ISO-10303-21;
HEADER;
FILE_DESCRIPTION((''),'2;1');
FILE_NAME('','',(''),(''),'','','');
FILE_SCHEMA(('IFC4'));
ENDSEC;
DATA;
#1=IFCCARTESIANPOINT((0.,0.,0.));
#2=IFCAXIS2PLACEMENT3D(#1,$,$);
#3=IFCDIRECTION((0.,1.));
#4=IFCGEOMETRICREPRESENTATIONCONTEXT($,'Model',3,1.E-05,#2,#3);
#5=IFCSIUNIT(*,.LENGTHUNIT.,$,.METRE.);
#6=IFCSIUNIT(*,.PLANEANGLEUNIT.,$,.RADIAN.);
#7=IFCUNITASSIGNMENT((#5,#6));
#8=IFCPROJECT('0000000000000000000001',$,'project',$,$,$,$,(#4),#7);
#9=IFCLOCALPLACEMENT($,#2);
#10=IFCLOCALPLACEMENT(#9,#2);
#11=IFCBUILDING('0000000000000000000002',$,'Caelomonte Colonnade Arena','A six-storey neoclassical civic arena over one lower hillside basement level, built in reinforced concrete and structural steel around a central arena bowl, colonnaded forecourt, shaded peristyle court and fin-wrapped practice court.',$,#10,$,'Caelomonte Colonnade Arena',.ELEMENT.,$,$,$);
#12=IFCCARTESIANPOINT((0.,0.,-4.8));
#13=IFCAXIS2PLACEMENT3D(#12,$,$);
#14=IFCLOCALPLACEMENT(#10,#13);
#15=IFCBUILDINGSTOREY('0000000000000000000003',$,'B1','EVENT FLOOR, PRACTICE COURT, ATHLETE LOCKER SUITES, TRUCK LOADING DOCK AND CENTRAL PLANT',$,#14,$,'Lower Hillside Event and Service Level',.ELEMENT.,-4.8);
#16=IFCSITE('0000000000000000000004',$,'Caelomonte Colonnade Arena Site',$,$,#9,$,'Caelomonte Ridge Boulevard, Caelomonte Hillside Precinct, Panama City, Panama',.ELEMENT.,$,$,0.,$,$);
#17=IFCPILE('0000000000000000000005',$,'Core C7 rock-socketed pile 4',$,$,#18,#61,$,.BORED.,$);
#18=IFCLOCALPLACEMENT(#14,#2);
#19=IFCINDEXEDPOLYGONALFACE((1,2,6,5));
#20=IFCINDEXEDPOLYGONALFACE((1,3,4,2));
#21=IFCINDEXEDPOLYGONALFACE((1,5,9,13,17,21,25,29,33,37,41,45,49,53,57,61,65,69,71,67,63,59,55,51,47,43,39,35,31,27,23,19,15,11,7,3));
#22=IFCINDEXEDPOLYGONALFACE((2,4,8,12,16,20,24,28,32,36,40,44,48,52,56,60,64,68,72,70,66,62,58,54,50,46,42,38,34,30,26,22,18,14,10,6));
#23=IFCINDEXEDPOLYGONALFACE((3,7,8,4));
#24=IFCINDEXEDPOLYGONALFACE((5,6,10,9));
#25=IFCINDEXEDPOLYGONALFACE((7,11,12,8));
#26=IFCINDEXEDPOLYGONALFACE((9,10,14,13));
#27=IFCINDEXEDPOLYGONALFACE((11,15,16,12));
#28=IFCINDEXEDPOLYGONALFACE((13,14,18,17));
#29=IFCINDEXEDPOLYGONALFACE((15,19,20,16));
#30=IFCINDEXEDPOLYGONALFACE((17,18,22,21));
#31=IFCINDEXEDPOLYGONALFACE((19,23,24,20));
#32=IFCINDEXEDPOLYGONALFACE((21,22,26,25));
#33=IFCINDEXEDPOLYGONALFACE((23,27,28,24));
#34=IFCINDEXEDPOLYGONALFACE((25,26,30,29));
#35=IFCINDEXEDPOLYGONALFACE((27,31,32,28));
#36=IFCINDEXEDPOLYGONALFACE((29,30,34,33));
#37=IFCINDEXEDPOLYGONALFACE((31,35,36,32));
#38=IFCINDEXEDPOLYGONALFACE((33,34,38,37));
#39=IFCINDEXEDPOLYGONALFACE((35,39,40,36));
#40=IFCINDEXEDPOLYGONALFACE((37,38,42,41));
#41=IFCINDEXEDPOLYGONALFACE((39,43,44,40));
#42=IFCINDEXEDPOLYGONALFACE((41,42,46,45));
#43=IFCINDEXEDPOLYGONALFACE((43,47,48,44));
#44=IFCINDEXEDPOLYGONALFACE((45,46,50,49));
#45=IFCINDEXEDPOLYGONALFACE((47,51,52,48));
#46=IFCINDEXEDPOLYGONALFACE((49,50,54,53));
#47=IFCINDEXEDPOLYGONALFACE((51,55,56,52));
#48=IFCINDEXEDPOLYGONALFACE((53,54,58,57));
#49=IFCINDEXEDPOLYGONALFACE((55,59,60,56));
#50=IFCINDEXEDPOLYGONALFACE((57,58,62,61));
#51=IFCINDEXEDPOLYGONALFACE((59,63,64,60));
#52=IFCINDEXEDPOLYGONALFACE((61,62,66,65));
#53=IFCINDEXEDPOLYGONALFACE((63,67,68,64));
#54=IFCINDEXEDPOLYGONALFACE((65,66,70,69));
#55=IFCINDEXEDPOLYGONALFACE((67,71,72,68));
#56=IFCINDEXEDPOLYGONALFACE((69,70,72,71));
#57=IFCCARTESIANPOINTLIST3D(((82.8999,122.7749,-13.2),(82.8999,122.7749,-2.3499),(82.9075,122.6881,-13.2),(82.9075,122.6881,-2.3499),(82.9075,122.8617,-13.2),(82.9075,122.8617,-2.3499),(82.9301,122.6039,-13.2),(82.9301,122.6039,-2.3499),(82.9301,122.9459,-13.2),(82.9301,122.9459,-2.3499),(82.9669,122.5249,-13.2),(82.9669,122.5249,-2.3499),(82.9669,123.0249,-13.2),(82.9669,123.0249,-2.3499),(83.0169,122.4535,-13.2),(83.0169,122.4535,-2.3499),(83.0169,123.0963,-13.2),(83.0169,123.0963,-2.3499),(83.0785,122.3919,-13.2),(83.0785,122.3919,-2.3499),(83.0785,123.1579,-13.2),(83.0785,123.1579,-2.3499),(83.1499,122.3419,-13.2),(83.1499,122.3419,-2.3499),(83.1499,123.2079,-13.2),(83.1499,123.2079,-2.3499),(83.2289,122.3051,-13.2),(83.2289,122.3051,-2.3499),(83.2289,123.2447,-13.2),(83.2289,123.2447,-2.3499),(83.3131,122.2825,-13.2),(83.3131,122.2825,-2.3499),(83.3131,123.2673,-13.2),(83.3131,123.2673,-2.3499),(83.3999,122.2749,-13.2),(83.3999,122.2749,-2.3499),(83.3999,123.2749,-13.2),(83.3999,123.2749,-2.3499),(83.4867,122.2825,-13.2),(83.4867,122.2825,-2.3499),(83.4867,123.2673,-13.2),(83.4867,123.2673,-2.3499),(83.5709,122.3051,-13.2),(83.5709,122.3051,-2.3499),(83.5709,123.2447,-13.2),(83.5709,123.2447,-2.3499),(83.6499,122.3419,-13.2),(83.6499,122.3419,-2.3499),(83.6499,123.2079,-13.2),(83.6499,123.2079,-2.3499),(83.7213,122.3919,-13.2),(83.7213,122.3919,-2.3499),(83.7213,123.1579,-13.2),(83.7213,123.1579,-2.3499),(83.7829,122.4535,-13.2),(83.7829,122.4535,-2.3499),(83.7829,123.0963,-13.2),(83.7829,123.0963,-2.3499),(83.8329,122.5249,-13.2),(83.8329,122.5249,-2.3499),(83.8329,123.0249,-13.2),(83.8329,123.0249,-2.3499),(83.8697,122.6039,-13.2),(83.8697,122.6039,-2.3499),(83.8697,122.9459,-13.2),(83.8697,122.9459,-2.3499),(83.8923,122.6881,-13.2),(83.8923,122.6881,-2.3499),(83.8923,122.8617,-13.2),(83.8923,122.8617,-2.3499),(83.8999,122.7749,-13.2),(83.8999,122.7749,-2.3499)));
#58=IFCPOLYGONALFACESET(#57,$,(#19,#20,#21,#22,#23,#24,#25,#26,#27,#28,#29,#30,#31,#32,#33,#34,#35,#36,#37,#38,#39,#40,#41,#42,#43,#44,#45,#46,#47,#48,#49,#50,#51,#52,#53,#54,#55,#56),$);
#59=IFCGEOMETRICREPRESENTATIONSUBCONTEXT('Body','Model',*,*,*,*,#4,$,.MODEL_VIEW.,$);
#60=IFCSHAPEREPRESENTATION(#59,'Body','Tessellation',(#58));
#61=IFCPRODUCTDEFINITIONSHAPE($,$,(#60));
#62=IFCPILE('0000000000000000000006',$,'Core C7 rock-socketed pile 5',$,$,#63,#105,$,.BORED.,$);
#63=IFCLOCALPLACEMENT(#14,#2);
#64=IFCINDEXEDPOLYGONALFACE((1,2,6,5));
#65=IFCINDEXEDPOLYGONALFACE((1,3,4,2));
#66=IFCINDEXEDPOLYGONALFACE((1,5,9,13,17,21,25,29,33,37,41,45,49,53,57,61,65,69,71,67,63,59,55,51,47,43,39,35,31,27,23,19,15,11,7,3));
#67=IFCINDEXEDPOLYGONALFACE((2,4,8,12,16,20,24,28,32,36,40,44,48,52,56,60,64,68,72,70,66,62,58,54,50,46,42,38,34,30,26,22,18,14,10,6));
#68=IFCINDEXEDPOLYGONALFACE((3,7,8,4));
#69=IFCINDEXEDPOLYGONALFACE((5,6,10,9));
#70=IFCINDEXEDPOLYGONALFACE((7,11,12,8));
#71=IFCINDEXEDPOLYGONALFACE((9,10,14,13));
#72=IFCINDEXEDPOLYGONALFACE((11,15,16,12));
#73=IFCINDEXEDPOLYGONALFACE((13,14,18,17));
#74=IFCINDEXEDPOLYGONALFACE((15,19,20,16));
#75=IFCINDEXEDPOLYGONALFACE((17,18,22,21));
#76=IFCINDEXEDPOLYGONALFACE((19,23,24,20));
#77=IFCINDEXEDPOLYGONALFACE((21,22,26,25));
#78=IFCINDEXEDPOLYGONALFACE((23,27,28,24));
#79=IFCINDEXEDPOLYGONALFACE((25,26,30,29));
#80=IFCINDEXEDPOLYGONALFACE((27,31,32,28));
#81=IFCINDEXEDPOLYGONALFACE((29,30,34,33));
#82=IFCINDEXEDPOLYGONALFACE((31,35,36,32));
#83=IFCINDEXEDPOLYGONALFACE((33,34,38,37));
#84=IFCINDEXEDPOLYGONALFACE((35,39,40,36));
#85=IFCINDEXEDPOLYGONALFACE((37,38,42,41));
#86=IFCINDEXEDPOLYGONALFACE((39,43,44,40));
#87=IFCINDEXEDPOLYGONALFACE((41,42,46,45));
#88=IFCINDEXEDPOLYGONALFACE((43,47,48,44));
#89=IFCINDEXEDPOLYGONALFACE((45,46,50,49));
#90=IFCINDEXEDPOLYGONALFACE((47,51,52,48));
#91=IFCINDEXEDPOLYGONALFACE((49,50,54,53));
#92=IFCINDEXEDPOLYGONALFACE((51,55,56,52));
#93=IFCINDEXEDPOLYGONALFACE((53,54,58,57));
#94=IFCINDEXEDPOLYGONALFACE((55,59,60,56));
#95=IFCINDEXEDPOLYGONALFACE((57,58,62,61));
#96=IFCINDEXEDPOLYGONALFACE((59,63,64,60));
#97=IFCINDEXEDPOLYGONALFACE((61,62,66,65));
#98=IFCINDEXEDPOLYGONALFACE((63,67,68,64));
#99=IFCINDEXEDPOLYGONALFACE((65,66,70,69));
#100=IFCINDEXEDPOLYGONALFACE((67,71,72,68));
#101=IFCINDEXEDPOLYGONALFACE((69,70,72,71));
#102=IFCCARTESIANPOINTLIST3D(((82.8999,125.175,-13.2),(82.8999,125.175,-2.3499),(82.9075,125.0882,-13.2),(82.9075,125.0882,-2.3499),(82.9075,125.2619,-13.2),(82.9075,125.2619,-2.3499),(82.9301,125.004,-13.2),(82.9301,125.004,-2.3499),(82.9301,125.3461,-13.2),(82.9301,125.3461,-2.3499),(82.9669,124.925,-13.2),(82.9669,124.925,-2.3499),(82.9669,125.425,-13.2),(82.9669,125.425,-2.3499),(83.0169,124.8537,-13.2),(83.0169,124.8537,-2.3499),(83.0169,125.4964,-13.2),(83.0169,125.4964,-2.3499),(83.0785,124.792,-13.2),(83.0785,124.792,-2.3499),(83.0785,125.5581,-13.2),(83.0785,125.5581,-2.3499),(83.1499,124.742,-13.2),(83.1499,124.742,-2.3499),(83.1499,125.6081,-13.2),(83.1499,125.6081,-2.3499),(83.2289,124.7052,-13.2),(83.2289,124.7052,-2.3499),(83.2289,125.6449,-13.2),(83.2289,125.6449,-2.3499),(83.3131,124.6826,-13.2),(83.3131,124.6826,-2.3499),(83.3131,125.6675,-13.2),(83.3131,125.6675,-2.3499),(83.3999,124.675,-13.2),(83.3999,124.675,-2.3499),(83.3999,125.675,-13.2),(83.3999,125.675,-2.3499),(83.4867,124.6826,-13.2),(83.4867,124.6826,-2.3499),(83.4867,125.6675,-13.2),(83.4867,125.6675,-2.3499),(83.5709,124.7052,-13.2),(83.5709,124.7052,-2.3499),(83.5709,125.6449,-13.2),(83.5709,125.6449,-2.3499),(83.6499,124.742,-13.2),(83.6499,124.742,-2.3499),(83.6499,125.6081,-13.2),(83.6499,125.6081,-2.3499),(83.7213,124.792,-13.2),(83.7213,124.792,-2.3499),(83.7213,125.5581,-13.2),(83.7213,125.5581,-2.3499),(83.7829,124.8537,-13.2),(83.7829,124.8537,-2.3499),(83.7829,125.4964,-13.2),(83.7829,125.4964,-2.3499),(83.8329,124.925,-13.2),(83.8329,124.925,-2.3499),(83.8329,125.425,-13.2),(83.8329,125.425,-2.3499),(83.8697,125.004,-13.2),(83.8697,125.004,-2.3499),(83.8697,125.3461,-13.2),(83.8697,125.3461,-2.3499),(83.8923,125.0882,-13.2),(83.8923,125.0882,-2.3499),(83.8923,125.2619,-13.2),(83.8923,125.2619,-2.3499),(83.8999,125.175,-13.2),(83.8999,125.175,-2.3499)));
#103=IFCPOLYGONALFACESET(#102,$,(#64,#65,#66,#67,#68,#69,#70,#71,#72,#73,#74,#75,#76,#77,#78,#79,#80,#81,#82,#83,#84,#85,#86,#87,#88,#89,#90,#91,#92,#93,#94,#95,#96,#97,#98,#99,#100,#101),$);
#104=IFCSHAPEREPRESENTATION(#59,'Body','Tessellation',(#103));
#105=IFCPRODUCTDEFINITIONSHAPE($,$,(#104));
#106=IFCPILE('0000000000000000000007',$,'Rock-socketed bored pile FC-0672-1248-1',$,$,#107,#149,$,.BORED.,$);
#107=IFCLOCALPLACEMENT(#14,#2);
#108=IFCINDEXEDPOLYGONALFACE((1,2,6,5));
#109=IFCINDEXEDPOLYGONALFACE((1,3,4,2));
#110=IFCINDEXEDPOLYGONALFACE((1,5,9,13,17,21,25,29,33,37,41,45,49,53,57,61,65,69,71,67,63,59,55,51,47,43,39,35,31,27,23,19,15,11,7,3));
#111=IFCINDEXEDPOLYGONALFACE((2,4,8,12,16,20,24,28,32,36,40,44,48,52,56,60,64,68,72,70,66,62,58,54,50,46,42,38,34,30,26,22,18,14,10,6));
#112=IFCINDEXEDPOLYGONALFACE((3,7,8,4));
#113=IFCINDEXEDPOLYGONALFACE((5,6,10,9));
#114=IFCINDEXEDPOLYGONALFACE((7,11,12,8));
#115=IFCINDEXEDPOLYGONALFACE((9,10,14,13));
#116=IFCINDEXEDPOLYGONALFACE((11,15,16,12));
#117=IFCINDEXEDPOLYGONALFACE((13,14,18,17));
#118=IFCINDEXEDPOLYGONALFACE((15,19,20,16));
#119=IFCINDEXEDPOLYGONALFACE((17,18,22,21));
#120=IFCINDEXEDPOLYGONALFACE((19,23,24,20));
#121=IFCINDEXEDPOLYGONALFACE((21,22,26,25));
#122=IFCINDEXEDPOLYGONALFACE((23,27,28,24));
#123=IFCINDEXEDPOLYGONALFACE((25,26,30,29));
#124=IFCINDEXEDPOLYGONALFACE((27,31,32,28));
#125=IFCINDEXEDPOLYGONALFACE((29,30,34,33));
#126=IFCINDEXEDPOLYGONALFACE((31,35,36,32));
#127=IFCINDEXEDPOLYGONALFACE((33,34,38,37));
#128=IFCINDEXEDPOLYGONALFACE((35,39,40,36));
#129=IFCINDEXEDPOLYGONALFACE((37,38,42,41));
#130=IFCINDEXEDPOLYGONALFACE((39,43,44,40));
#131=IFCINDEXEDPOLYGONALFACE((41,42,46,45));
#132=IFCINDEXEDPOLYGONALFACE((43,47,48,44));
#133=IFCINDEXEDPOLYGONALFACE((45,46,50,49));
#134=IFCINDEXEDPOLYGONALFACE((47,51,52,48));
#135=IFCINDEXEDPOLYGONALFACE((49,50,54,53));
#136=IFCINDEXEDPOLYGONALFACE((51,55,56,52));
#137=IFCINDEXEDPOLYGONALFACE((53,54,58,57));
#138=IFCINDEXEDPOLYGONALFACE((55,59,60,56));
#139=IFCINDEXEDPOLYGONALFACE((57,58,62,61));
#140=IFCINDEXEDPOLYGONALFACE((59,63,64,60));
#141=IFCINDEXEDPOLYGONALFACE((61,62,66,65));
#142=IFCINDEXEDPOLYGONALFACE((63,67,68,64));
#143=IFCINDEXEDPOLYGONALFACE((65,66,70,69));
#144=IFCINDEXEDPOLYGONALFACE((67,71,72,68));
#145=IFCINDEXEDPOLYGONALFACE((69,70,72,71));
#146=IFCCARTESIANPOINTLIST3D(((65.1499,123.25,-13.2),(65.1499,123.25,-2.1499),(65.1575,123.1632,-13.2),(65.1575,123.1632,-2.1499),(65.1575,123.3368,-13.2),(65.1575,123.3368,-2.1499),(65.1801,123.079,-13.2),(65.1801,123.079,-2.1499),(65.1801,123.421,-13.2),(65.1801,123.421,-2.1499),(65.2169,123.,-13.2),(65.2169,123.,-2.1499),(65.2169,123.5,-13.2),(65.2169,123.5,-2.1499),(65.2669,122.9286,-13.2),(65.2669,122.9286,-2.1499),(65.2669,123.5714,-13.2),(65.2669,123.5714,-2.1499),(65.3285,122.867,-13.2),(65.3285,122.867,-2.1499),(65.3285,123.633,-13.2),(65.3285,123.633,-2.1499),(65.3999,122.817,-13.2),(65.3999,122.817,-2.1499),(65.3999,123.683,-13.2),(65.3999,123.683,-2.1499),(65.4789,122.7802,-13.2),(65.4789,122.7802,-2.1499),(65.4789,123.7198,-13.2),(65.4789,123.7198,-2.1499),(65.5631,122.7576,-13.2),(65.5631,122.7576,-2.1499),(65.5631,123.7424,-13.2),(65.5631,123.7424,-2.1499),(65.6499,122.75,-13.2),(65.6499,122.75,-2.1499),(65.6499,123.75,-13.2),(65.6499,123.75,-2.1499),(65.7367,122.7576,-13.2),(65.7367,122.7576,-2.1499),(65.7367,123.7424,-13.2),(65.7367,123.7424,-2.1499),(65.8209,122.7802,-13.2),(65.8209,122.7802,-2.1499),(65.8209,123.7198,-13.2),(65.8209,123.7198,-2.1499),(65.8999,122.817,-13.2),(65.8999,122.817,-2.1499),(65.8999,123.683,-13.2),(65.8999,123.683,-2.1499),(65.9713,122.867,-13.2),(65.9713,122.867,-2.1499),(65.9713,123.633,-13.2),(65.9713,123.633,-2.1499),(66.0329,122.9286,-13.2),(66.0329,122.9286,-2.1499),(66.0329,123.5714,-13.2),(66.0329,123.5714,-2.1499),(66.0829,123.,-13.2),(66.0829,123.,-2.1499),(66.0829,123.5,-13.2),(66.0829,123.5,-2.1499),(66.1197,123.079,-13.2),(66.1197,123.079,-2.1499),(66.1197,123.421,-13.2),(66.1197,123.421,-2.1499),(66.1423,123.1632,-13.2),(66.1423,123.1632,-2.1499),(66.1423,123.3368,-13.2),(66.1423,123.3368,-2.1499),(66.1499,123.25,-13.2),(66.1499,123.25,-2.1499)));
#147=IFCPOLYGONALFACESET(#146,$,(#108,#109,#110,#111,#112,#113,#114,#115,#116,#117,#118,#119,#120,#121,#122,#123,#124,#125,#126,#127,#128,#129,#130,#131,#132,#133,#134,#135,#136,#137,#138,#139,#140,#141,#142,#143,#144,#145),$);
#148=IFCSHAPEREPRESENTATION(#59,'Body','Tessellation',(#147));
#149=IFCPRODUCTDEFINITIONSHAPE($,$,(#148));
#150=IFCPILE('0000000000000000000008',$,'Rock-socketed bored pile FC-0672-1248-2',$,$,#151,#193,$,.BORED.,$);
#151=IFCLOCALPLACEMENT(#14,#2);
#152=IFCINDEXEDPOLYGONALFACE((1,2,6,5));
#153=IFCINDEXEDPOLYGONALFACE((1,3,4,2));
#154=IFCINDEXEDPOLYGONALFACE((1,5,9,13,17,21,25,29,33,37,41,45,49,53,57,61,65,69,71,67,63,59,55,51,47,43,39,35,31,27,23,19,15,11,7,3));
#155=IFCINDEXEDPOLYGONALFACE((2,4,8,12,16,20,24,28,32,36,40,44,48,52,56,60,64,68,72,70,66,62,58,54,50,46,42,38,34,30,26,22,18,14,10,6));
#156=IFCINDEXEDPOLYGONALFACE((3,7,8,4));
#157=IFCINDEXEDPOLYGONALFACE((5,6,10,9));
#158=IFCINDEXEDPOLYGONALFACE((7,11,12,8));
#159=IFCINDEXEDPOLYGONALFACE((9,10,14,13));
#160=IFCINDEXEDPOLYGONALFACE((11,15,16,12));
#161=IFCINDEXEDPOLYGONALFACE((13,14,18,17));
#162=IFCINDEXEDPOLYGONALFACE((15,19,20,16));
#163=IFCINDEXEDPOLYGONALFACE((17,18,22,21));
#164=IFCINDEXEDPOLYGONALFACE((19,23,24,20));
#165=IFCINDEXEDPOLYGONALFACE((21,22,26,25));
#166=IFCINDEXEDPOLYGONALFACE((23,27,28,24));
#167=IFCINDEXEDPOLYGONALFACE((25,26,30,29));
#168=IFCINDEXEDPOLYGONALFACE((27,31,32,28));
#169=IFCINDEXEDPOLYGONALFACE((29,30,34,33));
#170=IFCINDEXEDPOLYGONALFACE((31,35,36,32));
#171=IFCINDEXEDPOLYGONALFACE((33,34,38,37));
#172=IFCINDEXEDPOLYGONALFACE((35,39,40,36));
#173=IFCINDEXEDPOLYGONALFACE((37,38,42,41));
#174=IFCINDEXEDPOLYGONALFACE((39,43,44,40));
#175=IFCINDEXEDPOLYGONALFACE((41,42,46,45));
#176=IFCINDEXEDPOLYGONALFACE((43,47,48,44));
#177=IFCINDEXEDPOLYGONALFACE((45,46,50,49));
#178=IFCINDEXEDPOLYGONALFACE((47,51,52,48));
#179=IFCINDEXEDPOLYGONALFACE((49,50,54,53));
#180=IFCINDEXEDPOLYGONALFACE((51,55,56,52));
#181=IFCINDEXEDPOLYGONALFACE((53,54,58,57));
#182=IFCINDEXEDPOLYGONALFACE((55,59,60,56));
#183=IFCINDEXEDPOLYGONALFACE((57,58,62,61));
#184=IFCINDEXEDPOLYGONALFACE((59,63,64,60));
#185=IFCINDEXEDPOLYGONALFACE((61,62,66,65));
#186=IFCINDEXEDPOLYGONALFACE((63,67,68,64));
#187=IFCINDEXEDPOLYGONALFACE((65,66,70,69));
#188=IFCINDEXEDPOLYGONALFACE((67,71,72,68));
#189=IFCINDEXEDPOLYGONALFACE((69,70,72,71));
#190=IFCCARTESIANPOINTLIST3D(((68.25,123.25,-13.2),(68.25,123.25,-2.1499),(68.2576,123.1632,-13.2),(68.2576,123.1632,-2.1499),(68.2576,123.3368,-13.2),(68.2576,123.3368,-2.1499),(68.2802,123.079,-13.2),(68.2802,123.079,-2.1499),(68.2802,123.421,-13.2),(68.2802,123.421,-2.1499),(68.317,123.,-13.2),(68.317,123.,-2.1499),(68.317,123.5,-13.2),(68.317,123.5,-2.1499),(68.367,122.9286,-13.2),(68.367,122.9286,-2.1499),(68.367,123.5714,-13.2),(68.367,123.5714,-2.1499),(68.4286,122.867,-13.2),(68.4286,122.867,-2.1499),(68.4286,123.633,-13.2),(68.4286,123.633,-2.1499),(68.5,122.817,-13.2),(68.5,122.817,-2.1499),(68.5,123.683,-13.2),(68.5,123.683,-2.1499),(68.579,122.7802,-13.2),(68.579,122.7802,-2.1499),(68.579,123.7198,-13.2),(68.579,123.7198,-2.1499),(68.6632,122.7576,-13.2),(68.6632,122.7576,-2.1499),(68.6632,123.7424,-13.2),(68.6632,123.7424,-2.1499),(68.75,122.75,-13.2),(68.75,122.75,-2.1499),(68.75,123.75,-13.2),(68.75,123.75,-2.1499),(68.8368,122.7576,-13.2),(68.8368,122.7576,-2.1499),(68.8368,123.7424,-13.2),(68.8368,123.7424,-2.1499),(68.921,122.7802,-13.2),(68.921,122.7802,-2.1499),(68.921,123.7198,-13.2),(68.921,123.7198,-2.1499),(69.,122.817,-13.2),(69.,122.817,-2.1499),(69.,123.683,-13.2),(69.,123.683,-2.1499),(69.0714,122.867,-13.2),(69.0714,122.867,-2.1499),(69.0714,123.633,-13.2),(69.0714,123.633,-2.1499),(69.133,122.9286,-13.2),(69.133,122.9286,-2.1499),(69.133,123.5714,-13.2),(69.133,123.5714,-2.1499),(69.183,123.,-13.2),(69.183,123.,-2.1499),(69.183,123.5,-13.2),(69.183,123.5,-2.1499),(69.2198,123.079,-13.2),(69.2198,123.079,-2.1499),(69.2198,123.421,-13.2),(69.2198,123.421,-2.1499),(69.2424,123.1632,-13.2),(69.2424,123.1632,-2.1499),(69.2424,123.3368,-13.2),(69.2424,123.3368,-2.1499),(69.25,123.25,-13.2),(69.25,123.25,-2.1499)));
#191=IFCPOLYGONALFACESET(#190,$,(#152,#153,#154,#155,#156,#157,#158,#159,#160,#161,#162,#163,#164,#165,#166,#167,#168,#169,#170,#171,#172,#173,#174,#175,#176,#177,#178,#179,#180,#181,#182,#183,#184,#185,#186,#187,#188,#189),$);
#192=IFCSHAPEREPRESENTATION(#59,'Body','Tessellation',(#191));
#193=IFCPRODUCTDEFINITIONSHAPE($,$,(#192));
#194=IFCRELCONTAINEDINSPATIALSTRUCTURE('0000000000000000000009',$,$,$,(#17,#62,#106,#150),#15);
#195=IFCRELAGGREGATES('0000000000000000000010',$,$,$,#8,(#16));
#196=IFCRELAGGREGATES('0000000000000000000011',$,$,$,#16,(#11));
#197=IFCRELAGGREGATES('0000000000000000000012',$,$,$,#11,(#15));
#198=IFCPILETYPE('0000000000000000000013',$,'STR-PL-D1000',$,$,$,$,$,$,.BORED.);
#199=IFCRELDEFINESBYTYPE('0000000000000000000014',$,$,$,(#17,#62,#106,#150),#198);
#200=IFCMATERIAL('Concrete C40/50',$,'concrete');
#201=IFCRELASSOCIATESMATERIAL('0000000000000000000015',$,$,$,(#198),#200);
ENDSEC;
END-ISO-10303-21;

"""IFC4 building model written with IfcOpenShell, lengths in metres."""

from ifc_helpers import new_model, si_unit, direction, frame, origin, origin_2d, place, context, subcontext, project, spatial, circle, extrude, material, material_profile, profile_set, type_object, element, save


model = new_model("IFC4")

# Units and contexts
model_context = context("Model", 3, precision=1e-05, world=origin(), true_north=direction((0.0, 1.0)))
body_context = subcontext(model_context, "Body", "Model", "MODEL_VIEW")
ifc_project = project(units=[si_unit("LENGTHUNIT", "METRE"), si_unit("PLANEANGLEUNIT", "RADIAN")], contexts=[model_context])

# Site, building, storey
site_placement = place(None, origin())
site = spatial("IfcSite", under=ifc_project, at=site_placement, Name="Caelomonte Colonnade Arena Site", LongName="Caelomonte Ridge Boulevard, Caelomonte Hillside Precinct, Panama City, Panama", CompositionType="ELEMENT", RefElevation=0.0)
building_placement = place(site_placement, origin())
building = spatial("IfcBuilding", under=site, at=building_placement, Name="Caelomonte Colonnade Arena", Description="A six-storey neoclassical civic arena over one lower hillside basement level, built in reinforced concrete and structural steel around a central arena bowl, colonnaded forecourt, shaded peristyle court and fin-wrapped practice court.", LongName="Caelomonte Colonnade Arena", CompositionType="ELEMENT")
storey_placement = place(building_placement, frame((0.0, 0.0, -4.8)))
storey = spatial("IfcBuildingStorey", under=building, at=storey_placement, Name="B1", Description="EVENT FLOOR, PRACTICE COURT, ATHLETE LOCKER SUITES, TRUCK LOADING DOCK AND CENTRAL PLANT", LongName="Lower Hillside Event and Service Level", CompositionType="ELEMENT", Elevation=-4.8)

# Shared definitions
ifc_material_1 = material(Name="Concrete C40/50", Category="concrete")

# Piles
ifc_material_profile_1 = material_profile(ifc_material_1, circle(Radius=0.5, at=origin_2d()), Name="PILE-D1000")
ifc_profile_set_1 = profile_set([ifc_material_profile_1], Name="Concrete C40/50")
pile_type = type_object("IfcPileType", Name="STR-PL-D1000", PredefinedType="BORED", material=ifc_profile_set_1)
for number, where, z_axis, x_axis, name in (
    (1, (83.3999, 122.7749, -2.3499), (0.0, 0.0, -1.0), (1.0, 0.0, 0.0), "Core C7 rock-socketed pile 4"),
    (2, (83.3999, 125.175, -2.3499), (0.0, 0.0, -1.0), (1.0, 0.0, 0.0), "Core C7 rock-socketed pile 5"),
):
    element("IfcPile", number, at=place(storey_placement, frame(where, z_axis=z_axis, x_axis=x_axis)), inside=storey, type_object=pile_type, Name=name, PredefinedType="BORED", context=body_context, shape_type="SweptSolid", body=[
        extrude(circle(Radius=0.5, at=origin_2d()), origin(), (0.0, 0.0, 1.0), 10.8501),
    ])
for number, where, z_axis, x_axis, name in (
    (3, (65.6499, 123.25, -2.1499), (0.0, 0.0, -1.0), (1.0, 0.0, 0.0), "Rock-socketed bored pile FC-0672-1248-1"),
    (4, (68.75, 123.25, -2.1499), (0.0, 0.0, -1.0), (1.0, 0.0, 0.0), "Rock-socketed bored pile FC-0672-1248-2"),
):
    element("IfcPile", number, at=place(storey_placement, frame(where, z_axis=z_axis, x_axis=x_axis)), inside=storey, type_object=pile_type, Name=name, PredefinedType="BORED", context=body_context, shape_type="SweptSolid", body=[
        extrude(circle(Radius=0.5, at=origin_2d()), origin(), (0.0, 0.0, 1.0), 11.05),
    ])

save(model, "model.ifc")
